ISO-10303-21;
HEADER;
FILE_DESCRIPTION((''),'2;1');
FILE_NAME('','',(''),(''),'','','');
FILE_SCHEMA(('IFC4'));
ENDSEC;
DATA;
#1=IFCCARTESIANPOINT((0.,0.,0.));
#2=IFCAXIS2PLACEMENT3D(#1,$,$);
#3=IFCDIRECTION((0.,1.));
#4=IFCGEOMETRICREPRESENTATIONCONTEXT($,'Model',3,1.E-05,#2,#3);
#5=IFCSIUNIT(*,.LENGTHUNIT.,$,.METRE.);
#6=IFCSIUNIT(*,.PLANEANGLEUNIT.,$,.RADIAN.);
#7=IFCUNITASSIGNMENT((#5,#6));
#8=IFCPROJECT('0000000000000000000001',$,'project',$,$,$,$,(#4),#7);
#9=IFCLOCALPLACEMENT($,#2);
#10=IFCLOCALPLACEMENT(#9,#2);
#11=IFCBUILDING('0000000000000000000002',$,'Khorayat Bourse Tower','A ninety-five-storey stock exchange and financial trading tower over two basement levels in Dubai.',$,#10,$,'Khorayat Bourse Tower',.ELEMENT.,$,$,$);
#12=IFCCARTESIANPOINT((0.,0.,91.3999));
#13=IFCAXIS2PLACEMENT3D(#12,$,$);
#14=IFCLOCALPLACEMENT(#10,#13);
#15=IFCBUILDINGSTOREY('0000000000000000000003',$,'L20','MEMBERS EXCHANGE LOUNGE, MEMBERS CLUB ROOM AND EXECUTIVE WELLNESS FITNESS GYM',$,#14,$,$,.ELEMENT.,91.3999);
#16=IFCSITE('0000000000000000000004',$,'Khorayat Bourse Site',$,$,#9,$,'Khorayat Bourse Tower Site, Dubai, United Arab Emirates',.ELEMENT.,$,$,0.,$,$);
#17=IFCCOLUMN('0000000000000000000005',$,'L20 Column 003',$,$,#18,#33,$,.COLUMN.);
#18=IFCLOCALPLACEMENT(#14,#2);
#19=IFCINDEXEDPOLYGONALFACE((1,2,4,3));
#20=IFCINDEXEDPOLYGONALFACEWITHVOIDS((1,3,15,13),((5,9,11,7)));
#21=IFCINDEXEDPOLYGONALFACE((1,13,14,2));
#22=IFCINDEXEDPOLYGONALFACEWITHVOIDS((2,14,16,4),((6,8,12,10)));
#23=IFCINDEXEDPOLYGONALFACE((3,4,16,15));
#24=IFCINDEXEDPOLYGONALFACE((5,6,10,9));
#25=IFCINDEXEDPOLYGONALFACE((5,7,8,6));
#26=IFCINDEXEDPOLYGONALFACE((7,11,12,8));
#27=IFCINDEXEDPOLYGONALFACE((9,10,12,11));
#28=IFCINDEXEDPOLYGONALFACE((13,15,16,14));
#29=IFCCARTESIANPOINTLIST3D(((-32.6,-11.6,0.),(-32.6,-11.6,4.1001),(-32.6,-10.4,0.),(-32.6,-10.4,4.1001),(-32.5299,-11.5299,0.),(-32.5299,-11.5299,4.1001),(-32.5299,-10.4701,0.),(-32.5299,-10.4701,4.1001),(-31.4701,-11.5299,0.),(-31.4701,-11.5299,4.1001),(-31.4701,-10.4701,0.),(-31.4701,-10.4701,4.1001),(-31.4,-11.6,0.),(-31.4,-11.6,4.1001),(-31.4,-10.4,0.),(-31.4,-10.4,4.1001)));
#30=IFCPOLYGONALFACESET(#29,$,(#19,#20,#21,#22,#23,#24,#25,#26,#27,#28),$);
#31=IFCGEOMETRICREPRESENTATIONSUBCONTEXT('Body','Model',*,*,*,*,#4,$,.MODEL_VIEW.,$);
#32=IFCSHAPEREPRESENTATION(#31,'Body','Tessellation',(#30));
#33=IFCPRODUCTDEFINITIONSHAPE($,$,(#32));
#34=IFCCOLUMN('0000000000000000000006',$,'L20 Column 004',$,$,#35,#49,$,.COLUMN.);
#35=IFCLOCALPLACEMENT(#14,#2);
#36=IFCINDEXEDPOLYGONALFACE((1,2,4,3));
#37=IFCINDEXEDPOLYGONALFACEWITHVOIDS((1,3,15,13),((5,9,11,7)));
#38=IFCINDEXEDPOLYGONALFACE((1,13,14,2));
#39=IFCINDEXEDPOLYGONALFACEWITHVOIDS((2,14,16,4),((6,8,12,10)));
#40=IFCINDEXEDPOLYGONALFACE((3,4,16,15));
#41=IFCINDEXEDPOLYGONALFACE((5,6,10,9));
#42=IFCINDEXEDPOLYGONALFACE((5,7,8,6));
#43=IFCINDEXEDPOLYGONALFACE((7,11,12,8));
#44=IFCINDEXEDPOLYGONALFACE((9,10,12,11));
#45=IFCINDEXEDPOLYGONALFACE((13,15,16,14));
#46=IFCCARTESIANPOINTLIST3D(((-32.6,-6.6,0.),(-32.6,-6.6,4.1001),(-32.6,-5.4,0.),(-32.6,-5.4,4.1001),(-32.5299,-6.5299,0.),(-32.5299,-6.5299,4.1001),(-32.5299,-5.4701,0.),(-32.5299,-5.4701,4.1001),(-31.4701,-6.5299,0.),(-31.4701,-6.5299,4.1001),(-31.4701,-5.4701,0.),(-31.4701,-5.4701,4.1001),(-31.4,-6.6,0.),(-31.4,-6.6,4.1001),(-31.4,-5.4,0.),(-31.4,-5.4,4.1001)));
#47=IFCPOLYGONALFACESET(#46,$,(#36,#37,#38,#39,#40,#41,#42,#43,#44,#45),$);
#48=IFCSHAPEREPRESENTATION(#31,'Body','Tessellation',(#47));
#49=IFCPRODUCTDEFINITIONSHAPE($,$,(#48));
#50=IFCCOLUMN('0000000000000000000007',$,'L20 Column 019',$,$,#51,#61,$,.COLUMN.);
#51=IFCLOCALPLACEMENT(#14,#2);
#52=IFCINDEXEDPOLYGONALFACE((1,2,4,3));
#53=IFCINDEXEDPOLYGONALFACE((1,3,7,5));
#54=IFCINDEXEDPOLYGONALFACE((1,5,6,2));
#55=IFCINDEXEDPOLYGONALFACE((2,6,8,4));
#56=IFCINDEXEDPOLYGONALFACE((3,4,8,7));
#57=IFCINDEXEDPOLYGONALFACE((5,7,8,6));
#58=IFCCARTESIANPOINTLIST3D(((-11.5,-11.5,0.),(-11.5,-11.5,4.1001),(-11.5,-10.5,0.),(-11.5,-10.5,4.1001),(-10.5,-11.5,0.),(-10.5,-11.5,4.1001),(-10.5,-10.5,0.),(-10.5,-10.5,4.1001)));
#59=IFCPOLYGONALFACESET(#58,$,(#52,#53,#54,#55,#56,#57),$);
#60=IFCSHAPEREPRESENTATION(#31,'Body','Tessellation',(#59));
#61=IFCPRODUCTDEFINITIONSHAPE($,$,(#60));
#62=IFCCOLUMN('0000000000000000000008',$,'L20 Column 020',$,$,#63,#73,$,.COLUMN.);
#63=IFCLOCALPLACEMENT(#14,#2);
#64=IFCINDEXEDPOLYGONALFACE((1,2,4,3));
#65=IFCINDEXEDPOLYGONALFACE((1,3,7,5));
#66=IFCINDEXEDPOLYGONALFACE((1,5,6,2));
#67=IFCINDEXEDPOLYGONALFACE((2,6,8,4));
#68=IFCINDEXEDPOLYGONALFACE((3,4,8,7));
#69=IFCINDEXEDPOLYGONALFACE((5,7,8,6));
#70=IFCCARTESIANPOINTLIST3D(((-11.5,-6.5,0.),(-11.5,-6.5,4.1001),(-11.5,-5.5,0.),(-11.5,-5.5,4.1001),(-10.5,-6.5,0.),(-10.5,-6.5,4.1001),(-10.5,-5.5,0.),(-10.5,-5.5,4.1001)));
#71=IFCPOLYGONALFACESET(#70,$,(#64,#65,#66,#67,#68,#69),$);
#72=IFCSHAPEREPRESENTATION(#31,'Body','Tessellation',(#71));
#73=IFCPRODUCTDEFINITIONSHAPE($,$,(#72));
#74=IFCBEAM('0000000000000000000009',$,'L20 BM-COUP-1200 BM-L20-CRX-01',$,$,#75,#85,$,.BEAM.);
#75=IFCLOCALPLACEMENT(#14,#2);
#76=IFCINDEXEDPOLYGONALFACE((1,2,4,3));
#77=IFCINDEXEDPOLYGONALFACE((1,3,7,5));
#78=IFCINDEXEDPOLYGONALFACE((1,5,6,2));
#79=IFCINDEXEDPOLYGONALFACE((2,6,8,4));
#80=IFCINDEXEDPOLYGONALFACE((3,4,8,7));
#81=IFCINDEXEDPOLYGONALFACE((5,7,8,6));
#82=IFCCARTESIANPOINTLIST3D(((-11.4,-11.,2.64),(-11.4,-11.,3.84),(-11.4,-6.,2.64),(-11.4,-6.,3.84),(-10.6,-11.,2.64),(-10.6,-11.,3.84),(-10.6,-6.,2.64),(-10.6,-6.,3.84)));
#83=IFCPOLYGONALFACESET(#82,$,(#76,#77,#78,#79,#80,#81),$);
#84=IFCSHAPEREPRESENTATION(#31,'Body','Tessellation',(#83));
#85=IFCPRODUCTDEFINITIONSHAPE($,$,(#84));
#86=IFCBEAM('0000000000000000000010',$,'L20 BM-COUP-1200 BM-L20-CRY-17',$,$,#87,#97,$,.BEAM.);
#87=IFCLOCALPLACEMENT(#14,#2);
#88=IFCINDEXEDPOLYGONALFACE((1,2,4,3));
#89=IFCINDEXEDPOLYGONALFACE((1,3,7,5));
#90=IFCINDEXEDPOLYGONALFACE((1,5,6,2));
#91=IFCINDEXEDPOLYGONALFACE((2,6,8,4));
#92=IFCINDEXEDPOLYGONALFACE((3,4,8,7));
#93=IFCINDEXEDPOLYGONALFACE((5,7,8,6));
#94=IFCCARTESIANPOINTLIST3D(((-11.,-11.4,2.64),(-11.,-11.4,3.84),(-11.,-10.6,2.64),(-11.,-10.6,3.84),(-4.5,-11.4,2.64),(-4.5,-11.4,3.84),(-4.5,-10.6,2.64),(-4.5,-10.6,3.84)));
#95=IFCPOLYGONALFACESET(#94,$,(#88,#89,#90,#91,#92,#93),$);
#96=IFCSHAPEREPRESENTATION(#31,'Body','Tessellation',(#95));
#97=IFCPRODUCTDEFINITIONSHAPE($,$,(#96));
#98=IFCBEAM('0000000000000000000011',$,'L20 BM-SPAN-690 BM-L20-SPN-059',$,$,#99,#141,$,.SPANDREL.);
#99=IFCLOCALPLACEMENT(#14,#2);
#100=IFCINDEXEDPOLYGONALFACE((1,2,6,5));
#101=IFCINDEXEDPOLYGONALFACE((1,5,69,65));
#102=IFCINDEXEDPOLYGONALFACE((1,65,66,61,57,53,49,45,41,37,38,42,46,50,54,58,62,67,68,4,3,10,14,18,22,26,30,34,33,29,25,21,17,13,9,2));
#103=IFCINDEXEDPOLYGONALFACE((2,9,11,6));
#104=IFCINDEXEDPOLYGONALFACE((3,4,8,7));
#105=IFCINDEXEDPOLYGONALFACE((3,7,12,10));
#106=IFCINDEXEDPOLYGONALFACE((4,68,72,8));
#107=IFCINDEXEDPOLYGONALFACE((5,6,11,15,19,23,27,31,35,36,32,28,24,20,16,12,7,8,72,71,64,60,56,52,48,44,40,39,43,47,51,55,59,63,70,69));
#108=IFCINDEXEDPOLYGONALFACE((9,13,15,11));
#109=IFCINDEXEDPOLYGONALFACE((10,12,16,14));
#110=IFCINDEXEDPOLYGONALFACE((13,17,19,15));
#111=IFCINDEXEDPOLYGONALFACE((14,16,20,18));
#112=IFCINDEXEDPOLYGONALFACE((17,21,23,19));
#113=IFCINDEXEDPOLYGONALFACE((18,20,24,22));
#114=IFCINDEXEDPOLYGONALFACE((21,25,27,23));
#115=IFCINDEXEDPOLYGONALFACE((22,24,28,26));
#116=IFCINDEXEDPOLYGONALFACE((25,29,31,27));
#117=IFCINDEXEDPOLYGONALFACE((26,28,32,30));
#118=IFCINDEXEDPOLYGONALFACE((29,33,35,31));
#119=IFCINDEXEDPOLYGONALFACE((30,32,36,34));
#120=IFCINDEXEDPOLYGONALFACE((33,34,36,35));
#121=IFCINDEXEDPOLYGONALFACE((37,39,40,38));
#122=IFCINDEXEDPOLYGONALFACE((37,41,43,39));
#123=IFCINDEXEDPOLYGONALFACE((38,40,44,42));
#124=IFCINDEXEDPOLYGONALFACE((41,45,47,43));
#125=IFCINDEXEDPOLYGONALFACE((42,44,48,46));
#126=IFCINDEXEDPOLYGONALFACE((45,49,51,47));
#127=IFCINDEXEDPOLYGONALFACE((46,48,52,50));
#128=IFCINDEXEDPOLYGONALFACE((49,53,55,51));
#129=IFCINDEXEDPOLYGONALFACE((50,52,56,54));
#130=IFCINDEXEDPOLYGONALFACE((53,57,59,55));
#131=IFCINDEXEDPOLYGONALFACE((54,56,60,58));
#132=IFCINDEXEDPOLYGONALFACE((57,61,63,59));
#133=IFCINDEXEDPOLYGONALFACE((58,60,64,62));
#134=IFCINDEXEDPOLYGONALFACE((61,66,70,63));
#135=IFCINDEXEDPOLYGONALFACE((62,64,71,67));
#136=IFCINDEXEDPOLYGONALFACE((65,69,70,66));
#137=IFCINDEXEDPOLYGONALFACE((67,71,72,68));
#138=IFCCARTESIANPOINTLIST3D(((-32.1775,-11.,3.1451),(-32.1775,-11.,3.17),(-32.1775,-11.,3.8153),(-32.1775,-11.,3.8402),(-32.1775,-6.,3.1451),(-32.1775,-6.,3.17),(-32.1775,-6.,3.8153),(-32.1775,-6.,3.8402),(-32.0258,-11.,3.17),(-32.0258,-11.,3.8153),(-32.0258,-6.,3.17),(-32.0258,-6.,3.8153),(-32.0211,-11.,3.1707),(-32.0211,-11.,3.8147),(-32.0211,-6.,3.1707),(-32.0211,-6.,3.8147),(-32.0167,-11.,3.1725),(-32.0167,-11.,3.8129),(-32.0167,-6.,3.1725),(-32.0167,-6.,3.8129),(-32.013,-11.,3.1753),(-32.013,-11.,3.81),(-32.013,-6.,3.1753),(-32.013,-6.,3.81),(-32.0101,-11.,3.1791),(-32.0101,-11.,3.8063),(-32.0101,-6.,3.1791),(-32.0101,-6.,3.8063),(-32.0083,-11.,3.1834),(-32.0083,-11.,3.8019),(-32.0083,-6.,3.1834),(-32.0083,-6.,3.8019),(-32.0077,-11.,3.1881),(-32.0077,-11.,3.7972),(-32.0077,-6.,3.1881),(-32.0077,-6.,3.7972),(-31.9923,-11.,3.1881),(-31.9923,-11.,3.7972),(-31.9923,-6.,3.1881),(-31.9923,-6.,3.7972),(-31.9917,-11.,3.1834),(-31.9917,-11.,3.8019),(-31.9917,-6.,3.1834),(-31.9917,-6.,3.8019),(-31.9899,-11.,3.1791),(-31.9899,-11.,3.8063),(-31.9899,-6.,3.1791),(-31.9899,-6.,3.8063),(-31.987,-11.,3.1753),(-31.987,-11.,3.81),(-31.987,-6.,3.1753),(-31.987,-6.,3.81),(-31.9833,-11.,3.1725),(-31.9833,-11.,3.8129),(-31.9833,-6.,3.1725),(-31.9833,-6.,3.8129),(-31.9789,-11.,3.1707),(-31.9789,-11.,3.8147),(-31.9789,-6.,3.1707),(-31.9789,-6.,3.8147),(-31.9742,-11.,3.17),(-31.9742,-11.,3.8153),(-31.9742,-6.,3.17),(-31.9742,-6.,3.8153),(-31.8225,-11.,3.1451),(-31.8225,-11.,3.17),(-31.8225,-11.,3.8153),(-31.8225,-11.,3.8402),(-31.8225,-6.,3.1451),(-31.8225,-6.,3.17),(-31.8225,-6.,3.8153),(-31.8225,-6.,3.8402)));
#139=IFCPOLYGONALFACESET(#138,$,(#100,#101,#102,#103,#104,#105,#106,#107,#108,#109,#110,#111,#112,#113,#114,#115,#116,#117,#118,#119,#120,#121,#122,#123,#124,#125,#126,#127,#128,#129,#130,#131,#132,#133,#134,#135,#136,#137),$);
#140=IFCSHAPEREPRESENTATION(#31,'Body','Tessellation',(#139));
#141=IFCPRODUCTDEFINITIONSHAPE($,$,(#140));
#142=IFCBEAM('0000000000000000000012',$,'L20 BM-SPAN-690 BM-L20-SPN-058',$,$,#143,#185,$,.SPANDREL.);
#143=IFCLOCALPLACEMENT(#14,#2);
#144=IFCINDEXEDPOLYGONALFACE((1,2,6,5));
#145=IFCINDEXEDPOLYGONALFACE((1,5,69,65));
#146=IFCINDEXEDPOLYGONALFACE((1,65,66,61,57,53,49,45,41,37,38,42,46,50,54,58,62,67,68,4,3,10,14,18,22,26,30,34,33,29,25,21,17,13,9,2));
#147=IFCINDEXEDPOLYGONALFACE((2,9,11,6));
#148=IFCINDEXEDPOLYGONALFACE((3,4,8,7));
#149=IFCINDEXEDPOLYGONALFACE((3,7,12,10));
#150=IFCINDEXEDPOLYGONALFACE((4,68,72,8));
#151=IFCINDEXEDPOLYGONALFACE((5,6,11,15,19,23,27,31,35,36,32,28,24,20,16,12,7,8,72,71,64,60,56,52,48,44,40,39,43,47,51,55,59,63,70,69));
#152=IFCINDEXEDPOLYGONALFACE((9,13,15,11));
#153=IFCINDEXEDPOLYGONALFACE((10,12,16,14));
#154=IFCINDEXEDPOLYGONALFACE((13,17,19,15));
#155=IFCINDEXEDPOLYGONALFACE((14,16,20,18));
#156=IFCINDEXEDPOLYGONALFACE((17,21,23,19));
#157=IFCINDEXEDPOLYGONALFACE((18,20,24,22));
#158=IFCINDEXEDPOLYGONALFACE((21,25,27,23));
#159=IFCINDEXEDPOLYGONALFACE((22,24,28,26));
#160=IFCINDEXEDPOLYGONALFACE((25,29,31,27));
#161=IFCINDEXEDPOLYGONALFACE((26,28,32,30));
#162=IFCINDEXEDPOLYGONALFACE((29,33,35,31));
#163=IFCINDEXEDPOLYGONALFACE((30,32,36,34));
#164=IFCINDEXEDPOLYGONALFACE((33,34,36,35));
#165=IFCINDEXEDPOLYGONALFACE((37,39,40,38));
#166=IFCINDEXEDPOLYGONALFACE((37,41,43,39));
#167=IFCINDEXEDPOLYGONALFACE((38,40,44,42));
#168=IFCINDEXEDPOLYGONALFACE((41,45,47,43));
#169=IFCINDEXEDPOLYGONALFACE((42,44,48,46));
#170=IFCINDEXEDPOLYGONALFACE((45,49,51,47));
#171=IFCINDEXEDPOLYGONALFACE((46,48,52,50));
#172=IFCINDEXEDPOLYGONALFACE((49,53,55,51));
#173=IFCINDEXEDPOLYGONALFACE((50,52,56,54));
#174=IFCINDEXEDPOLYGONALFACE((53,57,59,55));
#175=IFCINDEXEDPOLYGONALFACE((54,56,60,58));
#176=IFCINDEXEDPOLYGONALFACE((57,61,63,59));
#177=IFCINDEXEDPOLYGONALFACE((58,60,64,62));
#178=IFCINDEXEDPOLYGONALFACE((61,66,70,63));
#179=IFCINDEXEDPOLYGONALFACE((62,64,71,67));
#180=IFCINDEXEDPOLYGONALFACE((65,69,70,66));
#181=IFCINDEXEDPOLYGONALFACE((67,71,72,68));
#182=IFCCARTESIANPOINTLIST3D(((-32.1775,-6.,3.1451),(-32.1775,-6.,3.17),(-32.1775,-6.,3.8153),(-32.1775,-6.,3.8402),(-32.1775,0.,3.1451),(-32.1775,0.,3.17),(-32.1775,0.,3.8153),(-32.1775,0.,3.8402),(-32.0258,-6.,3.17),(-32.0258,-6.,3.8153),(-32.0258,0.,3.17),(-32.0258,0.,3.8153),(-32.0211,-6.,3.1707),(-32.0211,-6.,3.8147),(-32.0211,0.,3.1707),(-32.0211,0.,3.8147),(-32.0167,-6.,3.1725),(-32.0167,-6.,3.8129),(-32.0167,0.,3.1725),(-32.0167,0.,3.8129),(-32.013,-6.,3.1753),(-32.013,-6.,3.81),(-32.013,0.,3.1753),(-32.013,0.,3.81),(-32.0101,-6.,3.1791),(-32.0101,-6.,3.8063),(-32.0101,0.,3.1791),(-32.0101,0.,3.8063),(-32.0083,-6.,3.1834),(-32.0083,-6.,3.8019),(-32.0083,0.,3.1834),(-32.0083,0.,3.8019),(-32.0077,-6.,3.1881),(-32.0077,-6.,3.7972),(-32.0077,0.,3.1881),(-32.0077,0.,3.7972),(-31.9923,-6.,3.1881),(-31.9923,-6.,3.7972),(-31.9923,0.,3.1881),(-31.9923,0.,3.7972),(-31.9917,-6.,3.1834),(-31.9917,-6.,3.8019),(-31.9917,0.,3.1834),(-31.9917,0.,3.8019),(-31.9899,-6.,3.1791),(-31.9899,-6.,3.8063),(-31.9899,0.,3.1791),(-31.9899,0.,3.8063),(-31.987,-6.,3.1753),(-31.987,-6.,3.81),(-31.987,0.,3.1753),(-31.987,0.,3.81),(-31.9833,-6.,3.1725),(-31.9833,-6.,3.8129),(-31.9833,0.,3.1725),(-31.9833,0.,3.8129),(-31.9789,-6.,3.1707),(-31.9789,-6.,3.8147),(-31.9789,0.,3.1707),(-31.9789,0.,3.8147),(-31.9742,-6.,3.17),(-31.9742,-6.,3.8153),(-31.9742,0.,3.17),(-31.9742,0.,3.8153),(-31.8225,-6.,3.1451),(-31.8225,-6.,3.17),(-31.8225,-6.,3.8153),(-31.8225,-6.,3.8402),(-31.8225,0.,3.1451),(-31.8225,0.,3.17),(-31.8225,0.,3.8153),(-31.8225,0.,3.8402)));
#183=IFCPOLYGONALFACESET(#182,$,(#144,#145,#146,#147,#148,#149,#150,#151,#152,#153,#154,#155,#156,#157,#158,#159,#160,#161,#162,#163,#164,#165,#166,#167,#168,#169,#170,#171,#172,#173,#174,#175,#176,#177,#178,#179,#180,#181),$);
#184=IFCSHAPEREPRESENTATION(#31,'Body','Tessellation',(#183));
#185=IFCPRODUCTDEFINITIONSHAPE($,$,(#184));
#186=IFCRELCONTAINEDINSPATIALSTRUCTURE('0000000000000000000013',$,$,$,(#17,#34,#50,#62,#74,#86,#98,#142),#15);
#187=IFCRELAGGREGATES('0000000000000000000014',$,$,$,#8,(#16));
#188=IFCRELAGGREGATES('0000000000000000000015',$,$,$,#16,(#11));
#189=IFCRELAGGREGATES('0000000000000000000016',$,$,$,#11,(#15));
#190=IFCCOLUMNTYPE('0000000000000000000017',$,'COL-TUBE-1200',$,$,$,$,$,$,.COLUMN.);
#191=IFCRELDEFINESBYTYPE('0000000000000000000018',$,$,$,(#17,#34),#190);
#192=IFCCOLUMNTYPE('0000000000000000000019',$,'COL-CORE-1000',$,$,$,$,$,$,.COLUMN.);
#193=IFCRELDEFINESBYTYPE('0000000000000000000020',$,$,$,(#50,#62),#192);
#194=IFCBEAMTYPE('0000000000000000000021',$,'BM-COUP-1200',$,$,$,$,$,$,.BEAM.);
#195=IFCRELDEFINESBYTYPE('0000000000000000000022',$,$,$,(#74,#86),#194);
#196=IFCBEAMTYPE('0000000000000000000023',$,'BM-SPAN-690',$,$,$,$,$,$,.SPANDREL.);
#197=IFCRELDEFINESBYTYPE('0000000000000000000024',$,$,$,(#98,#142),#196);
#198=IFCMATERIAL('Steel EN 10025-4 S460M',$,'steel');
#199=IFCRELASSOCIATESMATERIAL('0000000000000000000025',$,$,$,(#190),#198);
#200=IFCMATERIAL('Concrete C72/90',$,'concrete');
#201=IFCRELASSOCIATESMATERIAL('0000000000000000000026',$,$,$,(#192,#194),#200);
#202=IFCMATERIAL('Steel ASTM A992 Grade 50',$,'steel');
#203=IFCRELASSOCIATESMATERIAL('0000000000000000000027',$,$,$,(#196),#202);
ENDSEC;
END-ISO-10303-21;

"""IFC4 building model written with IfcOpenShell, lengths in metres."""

from ifc_helpers import new_model, si_unit, direction, frame, origin, origin_2d, place, context, subcontext, project, spatial, rectangle, hollow_rectangle, i_section, extrude, source, transform, mapped, material, material_profile, profile_set, type_object, element, save


model = new_model("IFC4")

# Units and contexts
model_context = context("Model", 3, precision=1e-05, world=origin(), true_north=direction((0.0, 1.0)))
body_context = subcontext(model_context, "Body", "Model", "MODEL_VIEW")
ifc_project = project(units=[si_unit("LENGTHUNIT", "METRE"), si_unit("PLANEANGLEUNIT", "RADIAN")], contexts=[model_context])

# Site, building, storey
site_placement = place(None, origin())
site = spatial("IfcSite", under=ifc_project, at=site_placement, Name="Khorayat Bourse Site", LongName="Khorayat Bourse Tower Site, Dubai, United Arab Emirates", CompositionType="ELEMENT", RefElevation=0.0)
building_placement = place(site_placement, origin())
building = spatial("IfcBuilding", under=site, at=building_placement, Name="Khorayat Bourse Tower", Description="A ninety-five-storey stock exchange and financial trading tower over two basement levels in Dubai.", LongName="Khorayat Bourse Tower", CompositionType="ELEMENT")
storey_placement = place(building_placement, frame((0.0, 0.0, 91.3999)))
storey = spatial("IfcBuildingStorey", under=building, at=storey_placement, Name="L20", Description="MEMBERS EXCHANGE LOUNGE, MEMBERS CLUB ROOM AND EXECUTIVE WELLNESS FITNESS GYM", CompositionType="ELEMENT", Elevation=91.3999)

# Columns
ifc_material_1 = material(Name="Steel EN 10025-4 S460M", Category="steel")
ifc_material_profile_1 = material_profile(ifc_material_1, hollow_rectangle(XDim=1.2, YDim=1.2, WallThickness=0.0701, at=origin_2d()), Name="BOX 1200x1200x70")
ifc_profile_set_1 = profile_set([ifc_material_profile_1], Name="Steel EN 10025-4 S460M")
column_type_1 = type_object("IfcColumnType", Name="COL-TUBE-1200", PredefinedType="COLUMN", material=ifc_profile_set_1)
shared_shape_1 = source(origin(), body_context, "Body", "SweptSolid", [
    extrude(hollow_rectangle(XDim=1.2, YDim=1.2, WallThickness=0.0701, at=origin_2d()), origin(), (0.0, 0.0, 1.0), 4.1001),
])
for number, where, z_axis, x_axis, name in (
    (1, (-32.0, -11.0, 0.0), (0.0, 0.0, 1.0), (1.0, 0.0, 0.0), "L20 Column 003"),
    (2, (-32.0, -6.0, 0.0), (0.0, 0.0, 1.0), (1.0, 0.0, 0.0), "L20 Column 004"),
):
    element("IfcColumn", number, at=place(storey_placement, frame(where, z_axis=z_axis, x_axis=x_axis)), inside=storey, type_object=column_type_1, Name=name, PredefinedType="COLUMN", context=body_context, shape_type="MappedRepresentation", body=[
        mapped(shared_shape_1, transform((0.0, 0.0, 0.0), scale=1.0)),
    ])
ifc_material_2 = material(Name="Concrete C72/90", Category="concrete")
ifc_material_profile_2 = material_profile(ifc_material_2, rectangle(XDim=1.0, YDim=1.0, at=origin_2d()), Name="RC 1000x1000")
ifc_profile_set_2 = profile_set([ifc_material_profile_2], Name="Concrete C72/90")
column_type_2 = type_object("IfcColumnType", Name="COL-CORE-1000", PredefinedType="COLUMN", material=ifc_profile_set_2)
shared_shape_2 = source(origin(), body_context, "Body", "SweptSolid", [
    extrude(rectangle(XDim=1.0, YDim=1.0, at=origin_2d()), origin(), (0.0, 0.0, 1.0), 4.1001),
])
for number, where, z_axis, x_axis, name in (
    (3, (-11.0, -11.0, 0.0), (0.0, 0.0, 1.0), (1.0, 0.0, 0.0), "L20 Column 019"),
    (4, (-11.0, -6.0, 0.0), (0.0, 0.0, 1.0), (1.0, 0.0, 0.0), "L20 Column 020"),
):
    element("IfcColumn", number, at=place(storey_placement, frame(where, z_axis=z_axis, x_axis=x_axis)), inside=storey, type_object=column_type_2, Name=name, PredefinedType="COLUMN", context=body_context, shape_type="MappedRepresentation", body=[
        mapped(shared_shape_2, transform((0.0, 0.0, 0.0), scale=1.0)),
    ])

# Beams
ifc_material_profile_3 = material_profile(ifc_material_2, rectangle(XDim=0.8, YDim=1.2, at=origin_2d()), Name="RC 800x1200")
ifc_profile_set_3 = profile_set([ifc_material_profile_3], Name="Concrete C72/90")
beam_type_1 = type_object("IfcBeamType", Name="BM-COUP-1200", PredefinedType="BEAM", material=ifc_profile_set_3)
shared_shape_3 = source(origin(), body_context, "Body", "SweptSolid", [
    extrude(rectangle(XDim=0.8, YDim=1.2, at=origin_2d()), origin(), (0.0, 0.0, 1.0), 5.0),
])
beam_1_placement = place(storey_placement, frame((-11.0, -11.0, 3.24), z_axis=(0.0, 1.0, 0.0), x_axis=(-1.0, 0.0, 0.0)))
element("IfcBeam", 5, at=beam_1_placement, inside=storey, type_object=beam_type_1, Name="L20 BM-COUP-1200 BM-L20-CRX-01", PredefinedType="BEAM", context=body_context, shape_type="MappedRepresentation", body=[
    mapped(shared_shape_3, transform((0.0, 0.0, 0.0), scale=1.0)),
])
shared_shape_4 = source(origin(), body_context, "Body", "SweptSolid", [
    extrude(rectangle(XDim=0.8, YDim=1.2, at=origin_2d()), origin(), (0.0, 0.0, 1.0), 6.5),
])
beam_2_placement = place(storey_placement, frame((-11.0, -11.0, 3.24), z_axis=(1.0, 0.0, 0.0), x_axis=(0.0, 1.0, 0.0)))
element("IfcBeam", 6, at=beam_2_placement, inside=storey, type_object=beam_type_1, Name="L20 BM-COUP-1200 BM-L20-CRY-17", PredefinedType="BEAM", context=body_context, shape_type="MappedRepresentation", body=[
    mapped(shared_shape_4, transform((0.0, 0.0, 0.0), scale=1.0)),
])
ifc_material_3 = material(Name="Steel ASTM A992 Grade 50", Category="steel")
ifc_material_profile_4 = material_profile(ifc_material_3, i_section(OverallWidth=0.355, OverallDepth=0.6951, WebThickness=0.0154, FlangeThickness=0.0249, FilletRadius=0.0181, at=origin_2d()), Name="W690X217")
ifc_profile_set_4 = profile_set([ifc_material_profile_4], Name="Steel ASTM A992 Grade 50")
beam_type_2 = type_object("IfcBeamType", Name="BM-SPAN-690", PredefinedType="SPANDREL", material=ifc_profile_set_4)
shared_shape_5 = source(origin(), body_context, "Body", "SweptSolid", [
    extrude(i_section(OverallWidth=0.355, OverallDepth=0.6951, WebThickness=0.0154, FlangeThickness=0.0249, FilletRadius=0.0181, at=origin_2d()), origin(), (0.0, 0.0, 1.0), 5.0),
])
beam_3_placement = place(storey_placement, frame((-32.0, -11.0, 3.4927), z_axis=(0.0, 1.0, 0.0), x_axis=(-1.0, 0.0, 0.0)))
element("IfcBeam", 7, at=beam_3_placement, inside=storey, type_object=beam_type_2, Name="L20 BM-SPAN-690 BM-L20-SPN-059", PredefinedType="SPANDREL", context=body_context, shape_type="MappedRepresentation", body=[
    mapped(shared_shape_5, transform((0.0, 0.0, 0.0), scale=1.0)),
])
shared_shape_6 = source(origin(), body_context, "Body", "SweptSolid", [
    extrude(i_section(OverallWidth=0.355, OverallDepth=0.6951, WebThickness=0.0154, FlangeThickness=0.0249, FilletRadius=0.0181, at=origin_2d()), origin(), (0.0, 0.0, 1.0), 6.0),
])
beam_4_placement = place(storey_placement, frame((-32.0, -6.0, 3.4927), z_axis=(0.0, 1.0, 0.0), x_axis=(-1.0, 0.0, 0.0)))
element("IfcBeam", 8, at=beam_4_placement, inside=storey, type_object=beam_type_2, Name="L20 BM-SPAN-690 BM-L20-SPN-058", PredefinedType="SPANDREL", context=body_context, shape_type="MappedRepresentation", body=[
    mapped(shared_shape_6, transform((0.0, 0.0, 0.0), scale=1.0)),
])

save(model, "model.ifc")
